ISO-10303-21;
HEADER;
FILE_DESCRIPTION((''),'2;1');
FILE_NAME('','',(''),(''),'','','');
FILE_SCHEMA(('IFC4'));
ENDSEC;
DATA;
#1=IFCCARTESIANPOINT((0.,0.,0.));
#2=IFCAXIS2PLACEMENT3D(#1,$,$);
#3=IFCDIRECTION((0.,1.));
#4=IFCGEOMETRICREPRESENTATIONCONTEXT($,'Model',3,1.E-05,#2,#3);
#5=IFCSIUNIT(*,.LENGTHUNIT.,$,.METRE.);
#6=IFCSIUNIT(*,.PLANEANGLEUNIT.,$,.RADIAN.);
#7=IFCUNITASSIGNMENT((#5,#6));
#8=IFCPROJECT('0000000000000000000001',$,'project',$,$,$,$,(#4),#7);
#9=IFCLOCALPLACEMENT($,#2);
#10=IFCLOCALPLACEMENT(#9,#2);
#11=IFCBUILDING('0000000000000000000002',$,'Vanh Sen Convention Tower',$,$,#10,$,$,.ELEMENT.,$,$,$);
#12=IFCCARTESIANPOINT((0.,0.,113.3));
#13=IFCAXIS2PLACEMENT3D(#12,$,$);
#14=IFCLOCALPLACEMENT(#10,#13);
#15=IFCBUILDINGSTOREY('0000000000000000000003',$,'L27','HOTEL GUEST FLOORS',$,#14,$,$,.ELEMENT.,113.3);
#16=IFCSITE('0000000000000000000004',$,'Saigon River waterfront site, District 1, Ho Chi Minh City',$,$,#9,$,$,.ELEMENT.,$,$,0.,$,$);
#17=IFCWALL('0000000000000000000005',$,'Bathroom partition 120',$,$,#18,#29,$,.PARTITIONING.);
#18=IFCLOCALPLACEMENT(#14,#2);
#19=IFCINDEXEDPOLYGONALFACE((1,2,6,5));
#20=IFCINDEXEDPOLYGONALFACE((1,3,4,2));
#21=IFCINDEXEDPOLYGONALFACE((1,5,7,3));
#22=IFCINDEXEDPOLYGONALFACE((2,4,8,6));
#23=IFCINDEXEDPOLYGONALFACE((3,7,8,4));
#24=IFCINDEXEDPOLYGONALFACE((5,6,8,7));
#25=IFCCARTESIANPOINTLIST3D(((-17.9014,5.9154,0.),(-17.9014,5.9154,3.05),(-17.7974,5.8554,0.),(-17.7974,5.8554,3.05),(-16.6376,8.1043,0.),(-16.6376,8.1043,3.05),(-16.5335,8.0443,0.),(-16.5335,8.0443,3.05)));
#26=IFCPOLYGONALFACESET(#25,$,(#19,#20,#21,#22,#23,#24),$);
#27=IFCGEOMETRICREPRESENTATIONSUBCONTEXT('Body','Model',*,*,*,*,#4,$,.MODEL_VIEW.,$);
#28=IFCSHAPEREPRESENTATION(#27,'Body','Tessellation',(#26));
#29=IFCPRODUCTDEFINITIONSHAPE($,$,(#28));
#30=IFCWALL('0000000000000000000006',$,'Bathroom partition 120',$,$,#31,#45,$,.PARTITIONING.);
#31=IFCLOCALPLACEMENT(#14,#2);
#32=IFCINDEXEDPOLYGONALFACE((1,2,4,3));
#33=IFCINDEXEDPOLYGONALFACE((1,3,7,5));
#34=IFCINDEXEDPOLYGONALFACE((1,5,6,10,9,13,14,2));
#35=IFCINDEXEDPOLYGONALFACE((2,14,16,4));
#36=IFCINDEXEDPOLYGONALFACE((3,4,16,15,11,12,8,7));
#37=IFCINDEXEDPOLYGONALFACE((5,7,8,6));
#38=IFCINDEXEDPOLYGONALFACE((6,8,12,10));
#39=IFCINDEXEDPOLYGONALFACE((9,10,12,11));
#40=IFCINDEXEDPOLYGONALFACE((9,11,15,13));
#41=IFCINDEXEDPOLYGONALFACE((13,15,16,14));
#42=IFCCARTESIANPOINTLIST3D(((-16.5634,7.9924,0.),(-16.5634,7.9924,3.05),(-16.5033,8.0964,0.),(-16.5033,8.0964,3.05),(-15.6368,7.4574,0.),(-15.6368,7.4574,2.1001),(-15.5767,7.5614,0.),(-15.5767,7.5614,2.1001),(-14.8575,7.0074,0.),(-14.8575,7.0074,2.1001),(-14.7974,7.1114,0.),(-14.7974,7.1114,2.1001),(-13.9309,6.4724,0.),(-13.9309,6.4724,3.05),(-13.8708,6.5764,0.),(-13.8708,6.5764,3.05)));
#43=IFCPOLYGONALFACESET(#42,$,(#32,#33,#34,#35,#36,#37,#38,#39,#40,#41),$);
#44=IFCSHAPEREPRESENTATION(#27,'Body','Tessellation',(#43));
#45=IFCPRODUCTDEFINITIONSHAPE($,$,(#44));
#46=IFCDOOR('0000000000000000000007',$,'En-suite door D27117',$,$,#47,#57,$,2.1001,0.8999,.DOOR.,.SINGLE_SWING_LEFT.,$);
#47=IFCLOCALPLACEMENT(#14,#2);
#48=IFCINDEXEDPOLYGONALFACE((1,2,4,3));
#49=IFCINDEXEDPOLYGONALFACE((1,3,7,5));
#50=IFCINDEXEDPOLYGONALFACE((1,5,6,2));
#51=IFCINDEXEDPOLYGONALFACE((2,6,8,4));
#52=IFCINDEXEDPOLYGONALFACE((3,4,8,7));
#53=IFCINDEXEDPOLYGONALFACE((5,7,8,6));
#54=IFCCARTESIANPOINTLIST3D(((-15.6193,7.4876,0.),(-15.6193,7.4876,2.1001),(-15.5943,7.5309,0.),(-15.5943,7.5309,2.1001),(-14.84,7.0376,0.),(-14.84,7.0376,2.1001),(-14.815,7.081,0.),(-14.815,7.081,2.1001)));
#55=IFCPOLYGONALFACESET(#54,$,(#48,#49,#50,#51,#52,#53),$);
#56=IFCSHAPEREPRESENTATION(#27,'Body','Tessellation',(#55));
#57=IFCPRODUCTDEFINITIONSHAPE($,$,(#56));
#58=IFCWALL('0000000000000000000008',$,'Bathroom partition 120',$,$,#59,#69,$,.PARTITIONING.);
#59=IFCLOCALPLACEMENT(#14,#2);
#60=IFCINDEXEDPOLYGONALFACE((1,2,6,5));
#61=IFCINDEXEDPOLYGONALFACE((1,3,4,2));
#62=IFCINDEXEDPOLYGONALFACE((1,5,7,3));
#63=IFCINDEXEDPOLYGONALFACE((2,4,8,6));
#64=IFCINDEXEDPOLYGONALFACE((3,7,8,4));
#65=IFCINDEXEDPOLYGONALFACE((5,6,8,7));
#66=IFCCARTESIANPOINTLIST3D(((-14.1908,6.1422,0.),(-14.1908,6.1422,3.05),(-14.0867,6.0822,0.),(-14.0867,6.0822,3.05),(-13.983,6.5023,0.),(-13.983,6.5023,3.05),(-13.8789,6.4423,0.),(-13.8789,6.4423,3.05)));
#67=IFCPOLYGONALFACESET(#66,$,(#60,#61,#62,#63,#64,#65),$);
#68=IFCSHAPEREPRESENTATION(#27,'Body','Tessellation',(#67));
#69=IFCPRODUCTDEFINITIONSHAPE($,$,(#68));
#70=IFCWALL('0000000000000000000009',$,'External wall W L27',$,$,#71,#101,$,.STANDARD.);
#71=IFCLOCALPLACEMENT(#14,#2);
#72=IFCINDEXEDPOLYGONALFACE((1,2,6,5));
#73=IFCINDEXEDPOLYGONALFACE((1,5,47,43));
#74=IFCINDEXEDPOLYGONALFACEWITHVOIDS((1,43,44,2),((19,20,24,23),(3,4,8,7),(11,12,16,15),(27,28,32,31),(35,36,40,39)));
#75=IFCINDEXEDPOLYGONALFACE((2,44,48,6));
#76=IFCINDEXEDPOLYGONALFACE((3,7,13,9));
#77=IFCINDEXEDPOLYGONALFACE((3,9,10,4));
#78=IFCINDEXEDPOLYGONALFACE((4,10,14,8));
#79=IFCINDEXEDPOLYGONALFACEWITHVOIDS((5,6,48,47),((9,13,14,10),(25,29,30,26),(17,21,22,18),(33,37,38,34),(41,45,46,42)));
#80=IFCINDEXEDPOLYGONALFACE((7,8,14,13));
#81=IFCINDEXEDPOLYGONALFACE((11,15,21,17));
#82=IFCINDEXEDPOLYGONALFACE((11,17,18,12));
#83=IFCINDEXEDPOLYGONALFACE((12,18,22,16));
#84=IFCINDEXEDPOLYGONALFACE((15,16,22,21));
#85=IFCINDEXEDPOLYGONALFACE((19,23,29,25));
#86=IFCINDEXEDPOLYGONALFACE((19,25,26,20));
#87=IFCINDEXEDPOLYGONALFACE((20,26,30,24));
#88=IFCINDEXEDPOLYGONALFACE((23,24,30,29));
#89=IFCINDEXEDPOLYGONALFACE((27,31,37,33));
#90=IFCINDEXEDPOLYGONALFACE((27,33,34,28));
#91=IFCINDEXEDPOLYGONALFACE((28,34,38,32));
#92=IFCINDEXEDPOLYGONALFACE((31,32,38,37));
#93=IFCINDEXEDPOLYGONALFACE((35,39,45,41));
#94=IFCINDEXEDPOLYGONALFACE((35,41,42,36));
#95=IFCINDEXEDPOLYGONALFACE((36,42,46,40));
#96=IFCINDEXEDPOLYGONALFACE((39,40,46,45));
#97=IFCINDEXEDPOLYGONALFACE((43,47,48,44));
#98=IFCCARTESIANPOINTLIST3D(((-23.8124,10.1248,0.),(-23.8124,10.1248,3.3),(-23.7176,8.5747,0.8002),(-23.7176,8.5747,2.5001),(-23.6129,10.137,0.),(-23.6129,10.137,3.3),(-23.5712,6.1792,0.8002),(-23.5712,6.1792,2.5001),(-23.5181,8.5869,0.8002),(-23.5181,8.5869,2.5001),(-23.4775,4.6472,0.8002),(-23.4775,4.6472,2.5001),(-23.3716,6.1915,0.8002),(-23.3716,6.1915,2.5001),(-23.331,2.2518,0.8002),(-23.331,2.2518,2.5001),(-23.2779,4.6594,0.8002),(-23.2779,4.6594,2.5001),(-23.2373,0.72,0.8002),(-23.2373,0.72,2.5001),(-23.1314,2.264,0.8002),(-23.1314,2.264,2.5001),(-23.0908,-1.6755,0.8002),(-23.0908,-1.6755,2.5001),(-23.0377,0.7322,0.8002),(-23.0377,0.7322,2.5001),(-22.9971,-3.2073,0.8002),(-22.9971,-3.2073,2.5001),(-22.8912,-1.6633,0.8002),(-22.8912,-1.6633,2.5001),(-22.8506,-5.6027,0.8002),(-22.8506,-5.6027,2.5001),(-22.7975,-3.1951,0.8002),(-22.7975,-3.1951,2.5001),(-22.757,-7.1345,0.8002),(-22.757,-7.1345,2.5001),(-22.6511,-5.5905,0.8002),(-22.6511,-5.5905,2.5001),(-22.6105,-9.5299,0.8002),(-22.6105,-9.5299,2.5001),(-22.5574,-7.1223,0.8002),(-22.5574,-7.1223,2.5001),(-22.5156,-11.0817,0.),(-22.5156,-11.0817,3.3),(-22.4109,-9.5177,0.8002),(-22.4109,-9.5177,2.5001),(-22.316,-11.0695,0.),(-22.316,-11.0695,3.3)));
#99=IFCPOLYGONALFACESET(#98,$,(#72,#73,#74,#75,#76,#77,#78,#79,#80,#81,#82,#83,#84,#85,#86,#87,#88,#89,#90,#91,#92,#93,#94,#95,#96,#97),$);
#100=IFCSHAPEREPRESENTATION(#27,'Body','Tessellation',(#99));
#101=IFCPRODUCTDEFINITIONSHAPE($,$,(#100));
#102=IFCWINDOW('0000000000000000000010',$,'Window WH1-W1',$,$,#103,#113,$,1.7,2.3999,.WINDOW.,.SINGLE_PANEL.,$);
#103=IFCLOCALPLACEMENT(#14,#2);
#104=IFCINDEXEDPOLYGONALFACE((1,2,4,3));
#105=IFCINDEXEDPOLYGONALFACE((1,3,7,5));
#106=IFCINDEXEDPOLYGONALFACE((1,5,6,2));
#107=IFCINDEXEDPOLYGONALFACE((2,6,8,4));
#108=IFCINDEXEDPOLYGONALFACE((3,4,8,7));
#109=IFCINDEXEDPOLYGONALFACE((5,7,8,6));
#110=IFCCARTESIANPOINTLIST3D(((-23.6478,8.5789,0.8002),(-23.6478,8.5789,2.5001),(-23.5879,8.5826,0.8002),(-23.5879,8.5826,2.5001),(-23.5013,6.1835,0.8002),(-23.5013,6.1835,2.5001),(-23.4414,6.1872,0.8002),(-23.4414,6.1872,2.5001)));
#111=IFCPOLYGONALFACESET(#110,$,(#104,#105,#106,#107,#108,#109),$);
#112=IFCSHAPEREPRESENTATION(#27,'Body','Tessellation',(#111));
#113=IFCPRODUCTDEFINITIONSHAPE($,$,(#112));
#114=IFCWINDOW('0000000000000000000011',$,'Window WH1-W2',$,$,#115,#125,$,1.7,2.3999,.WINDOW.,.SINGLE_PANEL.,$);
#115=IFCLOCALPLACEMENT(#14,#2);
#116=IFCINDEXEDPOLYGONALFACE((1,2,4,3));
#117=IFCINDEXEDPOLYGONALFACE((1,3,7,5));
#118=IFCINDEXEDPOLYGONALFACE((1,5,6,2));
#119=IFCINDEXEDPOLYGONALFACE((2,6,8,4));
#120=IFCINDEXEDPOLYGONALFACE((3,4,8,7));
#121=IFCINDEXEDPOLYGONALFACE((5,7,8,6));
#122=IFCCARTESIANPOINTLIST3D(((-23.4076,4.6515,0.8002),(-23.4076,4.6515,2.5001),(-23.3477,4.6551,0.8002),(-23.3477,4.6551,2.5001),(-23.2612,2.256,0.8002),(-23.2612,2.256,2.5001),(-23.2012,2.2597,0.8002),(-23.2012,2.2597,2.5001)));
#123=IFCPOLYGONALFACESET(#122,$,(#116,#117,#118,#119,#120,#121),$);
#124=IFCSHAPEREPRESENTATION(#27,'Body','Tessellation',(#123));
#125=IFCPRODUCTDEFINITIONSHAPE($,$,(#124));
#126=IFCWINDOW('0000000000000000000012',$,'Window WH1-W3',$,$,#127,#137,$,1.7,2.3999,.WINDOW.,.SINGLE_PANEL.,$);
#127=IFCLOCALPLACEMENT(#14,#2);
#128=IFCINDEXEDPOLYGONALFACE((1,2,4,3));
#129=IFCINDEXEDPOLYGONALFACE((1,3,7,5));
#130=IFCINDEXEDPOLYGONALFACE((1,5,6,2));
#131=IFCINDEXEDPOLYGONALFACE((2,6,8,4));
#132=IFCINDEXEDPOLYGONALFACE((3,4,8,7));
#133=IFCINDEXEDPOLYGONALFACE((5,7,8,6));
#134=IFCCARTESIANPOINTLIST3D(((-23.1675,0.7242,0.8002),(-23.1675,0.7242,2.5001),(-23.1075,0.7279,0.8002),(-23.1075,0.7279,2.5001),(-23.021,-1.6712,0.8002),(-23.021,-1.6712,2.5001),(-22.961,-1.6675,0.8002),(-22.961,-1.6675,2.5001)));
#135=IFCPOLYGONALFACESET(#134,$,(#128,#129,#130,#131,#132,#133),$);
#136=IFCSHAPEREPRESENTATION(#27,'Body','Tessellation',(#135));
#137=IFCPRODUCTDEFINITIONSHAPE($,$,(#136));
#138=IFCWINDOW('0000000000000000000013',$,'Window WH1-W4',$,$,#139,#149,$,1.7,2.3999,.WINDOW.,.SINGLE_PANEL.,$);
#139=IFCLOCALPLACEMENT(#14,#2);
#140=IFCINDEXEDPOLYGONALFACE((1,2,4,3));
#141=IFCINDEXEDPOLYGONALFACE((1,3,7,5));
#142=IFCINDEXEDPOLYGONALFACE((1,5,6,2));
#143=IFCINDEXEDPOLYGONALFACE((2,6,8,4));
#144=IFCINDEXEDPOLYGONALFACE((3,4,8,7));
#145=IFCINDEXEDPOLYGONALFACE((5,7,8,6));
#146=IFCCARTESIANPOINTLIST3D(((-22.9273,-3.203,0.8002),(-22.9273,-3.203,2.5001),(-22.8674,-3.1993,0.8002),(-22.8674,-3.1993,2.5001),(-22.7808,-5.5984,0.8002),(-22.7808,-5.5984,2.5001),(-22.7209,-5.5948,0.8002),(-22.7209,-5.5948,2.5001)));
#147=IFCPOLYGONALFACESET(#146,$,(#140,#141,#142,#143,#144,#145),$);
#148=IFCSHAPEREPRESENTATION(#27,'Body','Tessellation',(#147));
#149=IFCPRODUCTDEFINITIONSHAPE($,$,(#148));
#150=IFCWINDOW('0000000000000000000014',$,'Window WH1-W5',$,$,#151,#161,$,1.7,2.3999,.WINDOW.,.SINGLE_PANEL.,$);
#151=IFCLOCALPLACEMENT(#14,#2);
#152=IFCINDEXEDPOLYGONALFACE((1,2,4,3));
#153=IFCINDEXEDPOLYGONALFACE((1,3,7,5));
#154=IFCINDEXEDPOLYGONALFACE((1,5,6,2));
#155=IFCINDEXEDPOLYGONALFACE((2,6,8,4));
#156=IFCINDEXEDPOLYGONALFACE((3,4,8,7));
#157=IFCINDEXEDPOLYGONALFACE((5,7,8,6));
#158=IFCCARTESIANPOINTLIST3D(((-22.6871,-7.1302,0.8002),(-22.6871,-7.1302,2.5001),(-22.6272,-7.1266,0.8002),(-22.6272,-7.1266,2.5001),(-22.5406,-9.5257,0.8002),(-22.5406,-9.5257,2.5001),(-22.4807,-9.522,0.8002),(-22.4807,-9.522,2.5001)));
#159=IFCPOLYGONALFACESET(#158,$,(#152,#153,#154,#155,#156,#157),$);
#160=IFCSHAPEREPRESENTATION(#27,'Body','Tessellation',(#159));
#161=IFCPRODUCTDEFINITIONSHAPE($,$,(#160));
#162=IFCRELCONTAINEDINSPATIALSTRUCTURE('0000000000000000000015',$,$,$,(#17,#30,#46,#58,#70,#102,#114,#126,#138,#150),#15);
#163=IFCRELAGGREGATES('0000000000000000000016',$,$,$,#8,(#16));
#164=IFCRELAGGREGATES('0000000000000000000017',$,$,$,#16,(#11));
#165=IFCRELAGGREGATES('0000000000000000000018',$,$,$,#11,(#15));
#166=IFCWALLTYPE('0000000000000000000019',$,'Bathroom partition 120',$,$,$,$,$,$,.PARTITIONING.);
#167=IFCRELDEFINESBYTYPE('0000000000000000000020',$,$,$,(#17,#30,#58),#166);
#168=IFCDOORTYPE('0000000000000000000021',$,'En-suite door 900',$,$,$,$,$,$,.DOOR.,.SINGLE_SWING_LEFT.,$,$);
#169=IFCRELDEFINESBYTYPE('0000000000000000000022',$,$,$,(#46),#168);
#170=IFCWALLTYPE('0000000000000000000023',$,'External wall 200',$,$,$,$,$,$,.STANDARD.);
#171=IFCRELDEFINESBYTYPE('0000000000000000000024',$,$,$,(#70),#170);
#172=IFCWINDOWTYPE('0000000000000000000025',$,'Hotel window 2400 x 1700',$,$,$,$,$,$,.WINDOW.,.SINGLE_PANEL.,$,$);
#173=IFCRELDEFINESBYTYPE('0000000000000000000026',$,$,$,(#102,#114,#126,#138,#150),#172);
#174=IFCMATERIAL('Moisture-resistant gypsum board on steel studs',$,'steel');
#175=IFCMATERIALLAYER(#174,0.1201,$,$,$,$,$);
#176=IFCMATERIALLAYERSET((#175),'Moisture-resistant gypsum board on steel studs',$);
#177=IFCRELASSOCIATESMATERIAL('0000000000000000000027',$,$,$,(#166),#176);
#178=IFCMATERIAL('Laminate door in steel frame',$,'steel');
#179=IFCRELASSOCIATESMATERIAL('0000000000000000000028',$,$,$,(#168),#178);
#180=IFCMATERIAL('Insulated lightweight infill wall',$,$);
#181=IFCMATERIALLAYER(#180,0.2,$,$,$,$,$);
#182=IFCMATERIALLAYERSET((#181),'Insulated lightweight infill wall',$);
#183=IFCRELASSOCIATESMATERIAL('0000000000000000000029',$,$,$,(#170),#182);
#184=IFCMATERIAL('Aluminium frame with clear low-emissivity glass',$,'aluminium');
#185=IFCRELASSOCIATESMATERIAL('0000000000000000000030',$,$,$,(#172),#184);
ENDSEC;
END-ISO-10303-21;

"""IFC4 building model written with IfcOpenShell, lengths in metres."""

from ifc_helpers import new_model, si_unit, direction, frame, frame_2d, origin, place, context, subcontext, project, spatial, rectangle, extrude, material, layer, layer_set, type_object, element, fill, save


model = new_model("IFC4")

# Units and contexts
model_context = context("Model", 3, precision=1e-05, world=origin(), true_north=direction((0.0, 1.0)))
body_context = subcontext(model_context, "Body", "Model", "MODEL_VIEW")
ifc_project = project(units=[si_unit("LENGTHUNIT", "METRE"), si_unit("PLANEANGLEUNIT", "RADIAN")], contexts=[model_context])

# Site, building, storey
site_placement = place(None, origin())
site = spatial("IfcSite", under=ifc_project, at=site_placement, Name="Saigon River waterfront site, District 1, Ho Chi Minh City", CompositionType="ELEMENT", RefElevation=0.0)
building_placement = place(site_placement, origin())
building = spatial("IfcBuilding", under=site, at=building_placement, Name="Vanh Sen Convention Tower", CompositionType="ELEMENT")
storey_placement = place(building_placement, frame((0.0, 0.0, 113.3)))
storey = spatial("IfcBuildingStorey", under=building, at=storey_placement, Name="L27", Description="HOTEL GUEST FLOORS", CompositionType="ELEMENT", Elevation=113.3)

# Wall
ifc_material_1 = material(Name="Moisture-resistant gypsum board on steel studs", Category="steel")
ifc_layer_1 = layer(ifc_material_1, 0.1201)
ifc_layer_set_1 = layer_set([ifc_layer_1], Name="Moisture-resistant gypsum board on steel studs")
wall_type_1 = type_object("IfcWallType", Name="Bathroom partition 120", PredefinedType="PARTITIONING", material=ifc_layer_set_1)
wall_1_placement = place(storey_placement, frame((-17.8494, 5.8855, 0.0), z_axis=(0.0, 0.0, 1.0), x_axis=(0.500035, 0.866005, 0.0)))
element("IfcWall", 1, at=wall_1_placement, inside=storey, type_object=wall_type_1, Name="Bathroom partition 120", PredefinedType="PARTITIONING", context=body_context, shape_type="SweptSolid", body=[
    extrude(rectangle(XDim=2.5276, YDim=0.1201, at=frame_2d((1.2637, 0.0))), origin(), (0.0, 0.0, 1.0), 3.05),
])

# Wall, opening, door
wall_2_placement = place(storey_placement, frame((-16.5334, 8.0444, 0.0), z_axis=(0.0, 0.0, 1.0), x_axis=(0.86601, -0.500026, 0.0)))
wall_2 = element("IfcWall", 2, at=wall_2_placement, inside=storey, type_object=wall_type_1, Name="Bathroom partition 120", PredefinedType="PARTITIONING", context=body_context, shape_type="SweptSolid", body=[
    extrude(rectangle(XDim=3.0398, YDim=0.1201, at=frame_2d((1.52, 0.0))), origin(), (0.0, 0.0, 1.0), 3.05),
])
opening_1_placement = place(wall_2_placement, frame((1.0701, 0.0, 0.0)))
opening_1 = element("IfcOpeningElement", 3, at=opening_1_placement, cuts=wall_2, PredefinedType="OPENING", context=body_context, shape_type="SweptSolid", body=[
    extrude(rectangle(XDim=0.8999, YDim=2.1001, at=frame_2d((0.45, 1.05))), frame((0.0, 0.0701, 0.0), z_axis=(0.0, -1.0, 0.0), x_axis=(1.0, 0.0, 0.0)), (0.0, 0.0, 1.0), 0.1401),
])
ifc_material_2 = material(Name="Laminate door in steel frame", Category="steel")
door_type = type_object("IfcDoorType", Name="En-suite door 900", OperationType="SINGLE_SWING_LEFT", PredefinedType="DOOR", material=ifc_material_2)
door_placement = place(opening_1_placement, origin())
door = element("IfcDoor", 4, at=door_placement, inside=storey, type_object=door_type, Name="En-suite door D27117", OperationType="SINGLE_SWING_LEFT", OverallHeight=2.1001, OverallWidth=0.8999, PredefinedType="DOOR", context=body_context, shape_type="SweptSolid", body=[
    extrude(rectangle(XDim=0.8999, YDim=2.1001, at=frame_2d((0.45, 1.05))), frame((0.0, 0.0249, 0.0), z_axis=(0.0, -1.0, 0.0), x_axis=(1.0, 0.0, 0.0)), (0.0, 0.0, 1.0), 0.05),
])
fill(opening_1, door)

# Wall
wall_3_placement = place(storey_placement, frame((-13.9309, 6.4724, 0.0), z_axis=(0.0, 0.0, 1.0), x_axis=(-0.499739, -0.866176, 0.0)))
element("IfcWall", 5, at=wall_3_placement, inside=storey, type_object=wall_type_1, Name="Bathroom partition 120", PredefinedType="PARTITIONING", context=body_context, shape_type="SweptSolid", body=[
    extrude(rectangle(XDim=0.4158, YDim=0.1201, at=frame_2d((0.208, 0.0))), origin(), (0.0, 0.0, 1.0), 3.05),
])

# Wall, openings, windows
ifc_material_3 = material(Name="Insulated lightweight infill wall")
ifc_layer_2 = layer(ifc_material_3, 0.2)
ifc_layer_set_2 = layer_set([ifc_layer_2], Name="Insulated lightweight infill wall")
wall_type_2 = type_object("IfcWallType", Name="External wall 200", PredefinedType="STANDARD", material=ifc_layer_set_2)
wall_4_placement = place(storey_placement, frame((-23.7126, 10.1309, 0.0), z_axis=(0.0, 0.0, 1.0), x_axis=(0.06104, -0.998135, 0.0)))
wall_4 = element("IfcWall", 6, at=wall_4_placement, inside=storey, type_object=wall_type_2, Name="External wall W L27", PredefinedType="STANDARD", context=body_context, shape_type="SweptSolid", body=[
    extrude(rectangle(XDim=21.2461, YDim=0.2, at=frame_2d((10.623, 0.0))), origin(), (0.0, 0.0, 1.0), 3.3),
])
opening_2_placement = place(wall_4_placement, frame((1.553, 0.0, 0.8)))
opening_2 = element("IfcOpeningElement", 7, at=opening_2_placement, cuts=wall_4, PredefinedType="OPENING", context=body_context, shape_type="SweptSolid", body=[
    extrude(rectangle(XDim=2.3999, YDim=1.7, at=frame_2d((1.2, 0.8501))), frame((0.0, 0.1099, 0.0), z_axis=(0.0, -1.0, 0.0), x_axis=(1.0, 0.0, 0.0)), (0.0, 0.0, 1.0), 0.22),
])
opening_3_placement = place(wall_4_placement, frame((5.4878, 0.0, 0.8)))
opening_3 = element("IfcOpeningElement", 8, at=opening_3_placement, cuts=wall_4, PredefinedType="OPENING", context=body_context, shape_type="SweptSolid", body=[
    extrude(rectangle(XDim=2.3999, YDim=1.7, at=frame_2d((1.2, 0.8501))), frame((0.0, 0.1099, 0.0), z_axis=(0.0, -1.0, 0.0), x_axis=(1.0, 0.0, 0.0)), (0.0, 0.0, 1.0), 0.22),
])
opening_4_placement = place(wall_4_placement, frame((9.4224, 0.0, 0.8)))
opening_4 = element("IfcOpeningElement", 9, at=opening_4_placement, cuts=wall_4, PredefinedType="OPENING", context=body_context, shape_type="SweptSolid", body=[
    extrude(rectangle(XDim=2.3999, YDim=1.7, at=frame_2d((1.2, 0.8501))), frame((0.0, 0.1099, 0.0), z_axis=(0.0, -1.0, 0.0), x_axis=(1.0, 0.0, 0.0)), (0.0, 0.0, 1.0), 0.22),
])
opening_5_placement = place(wall_4_placement, frame((13.3569, 0.0, 0.8)))
opening_5 = element("IfcOpeningElement", 10, at=opening_5_placement, cuts=wall_4, PredefinedType="OPENING", context=body_context, shape_type="SweptSolid", body=[
    extrude(rectangle(XDim=2.3999, YDim=1.7, at=frame_2d((1.2, 0.8501))), frame((0.0, 0.1099, 0.0), z_axis=(0.0, -1.0, 0.0), x_axis=(1.0, 0.0, 0.0)), (0.0, 0.0, 1.0), 0.22),
])
opening_6_placement = place(wall_4_placement, frame((17.2915, 0.0, 0.8)))
opening_6 = element("IfcOpeningElement", 11, at=opening_6_placement, cuts=wall_4, PredefinedType="OPENING", context=body_context, shape_type="SweptSolid", body=[
    extrude(rectangle(XDim=2.3999, YDim=1.7, at=frame_2d((1.2, 0.8501))), frame((0.0, 0.1099, 0.0), z_axis=(0.0, -1.0, 0.0), x_axis=(1.0, 0.0, 0.0)), (0.0, 0.0, 1.0), 0.22),
])
ifc_material_4 = material(Name="Aluminium frame with clear low-emissivity glass", Category="aluminium")
window_type = type_object("IfcWindowType", Name="Hotel window 2400 x 1700", PartitioningType="SINGLE_PANEL", PredefinedType="WINDOW", material=ifc_material_4)
window_1_placement = place(opening_2_placement, origin())
window_1 = element("IfcWindow", 12, at=window_1_placement, inside=storey, type_object=window_type, Name="Window WH1-W1", OverallHeight=1.7, OverallWidth=2.3999, PartitioningType="SINGLE_PANEL", PredefinedType="WINDOW", context=body_context, shape_type="SweptSolid", body=[
    extrude(rectangle(XDim=2.3999, YDim=1.7, at=frame_2d((1.2, 0.8501))), frame((0.0, 0.03, 0.0), z_axis=(0.0, -1.0, 0.0), x_axis=(1.0, 0.0, 0.0)), (0.0, 0.0, 1.0), 0.0601),
])
fill(opening_2, window_1)
window_2_placement = place(opening_3_placement, origin())
window_2 = element("IfcWindow", 13, at=window_2_placement, inside=storey, type_object=window_type, Name="Window WH1-W2", OverallHeight=1.7, OverallWidth=2.3999, PartitioningType="SINGLE_PANEL", PredefinedType="WINDOW", context=body_context, shape_type="SweptSolid", body=[
    extrude(rectangle(XDim=2.3999, YDim=1.7, at=frame_2d((1.2, 0.8501))), frame((0.0, 0.03, 0.0), z_axis=(0.0, -1.0, 0.0), x_axis=(1.0, 0.0, 0.0)), (0.0, 0.0, 1.0), 0.0601),
])
fill(opening_3, window_2)
window_3_placement = place(opening_4_placement, origin())
window_3 = element("IfcWindow", 14, at=window_3_placement, inside=storey, type_object=window_type, Name="Window WH1-W3", OverallHeight=1.7, OverallWidth=2.3999, PartitioningType="SINGLE_PANEL", PredefinedType="WINDOW", context=body_context, shape_type="SweptSolid", body=[
    extrude(rectangle(XDim=2.3999, YDim=1.7, at=frame_2d((1.2, 0.8501))), frame((0.0, 0.03, 0.0), z_axis=(0.0, -1.0, 0.0), x_axis=(1.0, 0.0, 0.0)), (0.0, 0.0, 1.0), 0.0601),
])
fill(opening_4, window_3)
window_4_placement = place(opening_5_placement, origin())
window_4 = element("IfcWindow", 15, at=window_4_placement, inside=storey, type_object=window_type, Name="Window WH1-W4", OverallHeight=1.7, OverallWidth=2.3999, PartitioningType="SINGLE_PANEL", PredefinedType="WINDOW", context=body_context, shape_type="SweptSolid", body=[
    extrude(rectangle(XDim=2.3999, YDim=1.7, at=frame_2d((1.2, 0.8501))), frame((0.0, 0.03, 0.0), z_axis=(0.0, -1.0, 0.0), x_axis=(1.0, 0.0, 0.0)), (0.0, 0.0, 1.0), 0.0601),
])
fill(opening_5, window_4)
window_5_placement = place(opening_6_placement, origin())
window_5 = element("IfcWindow", 16, at=window_5_placement, inside=storey, type_object=window_type, Name="Window WH1-W5", OverallHeight=1.7, OverallWidth=2.3999, PartitioningType="SINGLE_PANEL", PredefinedType="WINDOW", context=body_context, shape_type="SweptSolid", body=[
    extrude(rectangle(XDim=2.3999, YDim=1.7, at=frame_2d((1.2, 0.8501))), frame((0.0, 0.03, 0.0), z_axis=(0.0, -1.0, 0.0), x_axis=(1.0, 0.0, 0.0)), (0.0, 0.0, 1.0), 0.0601),
])
fill(opening_6, window_5)

save(model, "model.ifc")
